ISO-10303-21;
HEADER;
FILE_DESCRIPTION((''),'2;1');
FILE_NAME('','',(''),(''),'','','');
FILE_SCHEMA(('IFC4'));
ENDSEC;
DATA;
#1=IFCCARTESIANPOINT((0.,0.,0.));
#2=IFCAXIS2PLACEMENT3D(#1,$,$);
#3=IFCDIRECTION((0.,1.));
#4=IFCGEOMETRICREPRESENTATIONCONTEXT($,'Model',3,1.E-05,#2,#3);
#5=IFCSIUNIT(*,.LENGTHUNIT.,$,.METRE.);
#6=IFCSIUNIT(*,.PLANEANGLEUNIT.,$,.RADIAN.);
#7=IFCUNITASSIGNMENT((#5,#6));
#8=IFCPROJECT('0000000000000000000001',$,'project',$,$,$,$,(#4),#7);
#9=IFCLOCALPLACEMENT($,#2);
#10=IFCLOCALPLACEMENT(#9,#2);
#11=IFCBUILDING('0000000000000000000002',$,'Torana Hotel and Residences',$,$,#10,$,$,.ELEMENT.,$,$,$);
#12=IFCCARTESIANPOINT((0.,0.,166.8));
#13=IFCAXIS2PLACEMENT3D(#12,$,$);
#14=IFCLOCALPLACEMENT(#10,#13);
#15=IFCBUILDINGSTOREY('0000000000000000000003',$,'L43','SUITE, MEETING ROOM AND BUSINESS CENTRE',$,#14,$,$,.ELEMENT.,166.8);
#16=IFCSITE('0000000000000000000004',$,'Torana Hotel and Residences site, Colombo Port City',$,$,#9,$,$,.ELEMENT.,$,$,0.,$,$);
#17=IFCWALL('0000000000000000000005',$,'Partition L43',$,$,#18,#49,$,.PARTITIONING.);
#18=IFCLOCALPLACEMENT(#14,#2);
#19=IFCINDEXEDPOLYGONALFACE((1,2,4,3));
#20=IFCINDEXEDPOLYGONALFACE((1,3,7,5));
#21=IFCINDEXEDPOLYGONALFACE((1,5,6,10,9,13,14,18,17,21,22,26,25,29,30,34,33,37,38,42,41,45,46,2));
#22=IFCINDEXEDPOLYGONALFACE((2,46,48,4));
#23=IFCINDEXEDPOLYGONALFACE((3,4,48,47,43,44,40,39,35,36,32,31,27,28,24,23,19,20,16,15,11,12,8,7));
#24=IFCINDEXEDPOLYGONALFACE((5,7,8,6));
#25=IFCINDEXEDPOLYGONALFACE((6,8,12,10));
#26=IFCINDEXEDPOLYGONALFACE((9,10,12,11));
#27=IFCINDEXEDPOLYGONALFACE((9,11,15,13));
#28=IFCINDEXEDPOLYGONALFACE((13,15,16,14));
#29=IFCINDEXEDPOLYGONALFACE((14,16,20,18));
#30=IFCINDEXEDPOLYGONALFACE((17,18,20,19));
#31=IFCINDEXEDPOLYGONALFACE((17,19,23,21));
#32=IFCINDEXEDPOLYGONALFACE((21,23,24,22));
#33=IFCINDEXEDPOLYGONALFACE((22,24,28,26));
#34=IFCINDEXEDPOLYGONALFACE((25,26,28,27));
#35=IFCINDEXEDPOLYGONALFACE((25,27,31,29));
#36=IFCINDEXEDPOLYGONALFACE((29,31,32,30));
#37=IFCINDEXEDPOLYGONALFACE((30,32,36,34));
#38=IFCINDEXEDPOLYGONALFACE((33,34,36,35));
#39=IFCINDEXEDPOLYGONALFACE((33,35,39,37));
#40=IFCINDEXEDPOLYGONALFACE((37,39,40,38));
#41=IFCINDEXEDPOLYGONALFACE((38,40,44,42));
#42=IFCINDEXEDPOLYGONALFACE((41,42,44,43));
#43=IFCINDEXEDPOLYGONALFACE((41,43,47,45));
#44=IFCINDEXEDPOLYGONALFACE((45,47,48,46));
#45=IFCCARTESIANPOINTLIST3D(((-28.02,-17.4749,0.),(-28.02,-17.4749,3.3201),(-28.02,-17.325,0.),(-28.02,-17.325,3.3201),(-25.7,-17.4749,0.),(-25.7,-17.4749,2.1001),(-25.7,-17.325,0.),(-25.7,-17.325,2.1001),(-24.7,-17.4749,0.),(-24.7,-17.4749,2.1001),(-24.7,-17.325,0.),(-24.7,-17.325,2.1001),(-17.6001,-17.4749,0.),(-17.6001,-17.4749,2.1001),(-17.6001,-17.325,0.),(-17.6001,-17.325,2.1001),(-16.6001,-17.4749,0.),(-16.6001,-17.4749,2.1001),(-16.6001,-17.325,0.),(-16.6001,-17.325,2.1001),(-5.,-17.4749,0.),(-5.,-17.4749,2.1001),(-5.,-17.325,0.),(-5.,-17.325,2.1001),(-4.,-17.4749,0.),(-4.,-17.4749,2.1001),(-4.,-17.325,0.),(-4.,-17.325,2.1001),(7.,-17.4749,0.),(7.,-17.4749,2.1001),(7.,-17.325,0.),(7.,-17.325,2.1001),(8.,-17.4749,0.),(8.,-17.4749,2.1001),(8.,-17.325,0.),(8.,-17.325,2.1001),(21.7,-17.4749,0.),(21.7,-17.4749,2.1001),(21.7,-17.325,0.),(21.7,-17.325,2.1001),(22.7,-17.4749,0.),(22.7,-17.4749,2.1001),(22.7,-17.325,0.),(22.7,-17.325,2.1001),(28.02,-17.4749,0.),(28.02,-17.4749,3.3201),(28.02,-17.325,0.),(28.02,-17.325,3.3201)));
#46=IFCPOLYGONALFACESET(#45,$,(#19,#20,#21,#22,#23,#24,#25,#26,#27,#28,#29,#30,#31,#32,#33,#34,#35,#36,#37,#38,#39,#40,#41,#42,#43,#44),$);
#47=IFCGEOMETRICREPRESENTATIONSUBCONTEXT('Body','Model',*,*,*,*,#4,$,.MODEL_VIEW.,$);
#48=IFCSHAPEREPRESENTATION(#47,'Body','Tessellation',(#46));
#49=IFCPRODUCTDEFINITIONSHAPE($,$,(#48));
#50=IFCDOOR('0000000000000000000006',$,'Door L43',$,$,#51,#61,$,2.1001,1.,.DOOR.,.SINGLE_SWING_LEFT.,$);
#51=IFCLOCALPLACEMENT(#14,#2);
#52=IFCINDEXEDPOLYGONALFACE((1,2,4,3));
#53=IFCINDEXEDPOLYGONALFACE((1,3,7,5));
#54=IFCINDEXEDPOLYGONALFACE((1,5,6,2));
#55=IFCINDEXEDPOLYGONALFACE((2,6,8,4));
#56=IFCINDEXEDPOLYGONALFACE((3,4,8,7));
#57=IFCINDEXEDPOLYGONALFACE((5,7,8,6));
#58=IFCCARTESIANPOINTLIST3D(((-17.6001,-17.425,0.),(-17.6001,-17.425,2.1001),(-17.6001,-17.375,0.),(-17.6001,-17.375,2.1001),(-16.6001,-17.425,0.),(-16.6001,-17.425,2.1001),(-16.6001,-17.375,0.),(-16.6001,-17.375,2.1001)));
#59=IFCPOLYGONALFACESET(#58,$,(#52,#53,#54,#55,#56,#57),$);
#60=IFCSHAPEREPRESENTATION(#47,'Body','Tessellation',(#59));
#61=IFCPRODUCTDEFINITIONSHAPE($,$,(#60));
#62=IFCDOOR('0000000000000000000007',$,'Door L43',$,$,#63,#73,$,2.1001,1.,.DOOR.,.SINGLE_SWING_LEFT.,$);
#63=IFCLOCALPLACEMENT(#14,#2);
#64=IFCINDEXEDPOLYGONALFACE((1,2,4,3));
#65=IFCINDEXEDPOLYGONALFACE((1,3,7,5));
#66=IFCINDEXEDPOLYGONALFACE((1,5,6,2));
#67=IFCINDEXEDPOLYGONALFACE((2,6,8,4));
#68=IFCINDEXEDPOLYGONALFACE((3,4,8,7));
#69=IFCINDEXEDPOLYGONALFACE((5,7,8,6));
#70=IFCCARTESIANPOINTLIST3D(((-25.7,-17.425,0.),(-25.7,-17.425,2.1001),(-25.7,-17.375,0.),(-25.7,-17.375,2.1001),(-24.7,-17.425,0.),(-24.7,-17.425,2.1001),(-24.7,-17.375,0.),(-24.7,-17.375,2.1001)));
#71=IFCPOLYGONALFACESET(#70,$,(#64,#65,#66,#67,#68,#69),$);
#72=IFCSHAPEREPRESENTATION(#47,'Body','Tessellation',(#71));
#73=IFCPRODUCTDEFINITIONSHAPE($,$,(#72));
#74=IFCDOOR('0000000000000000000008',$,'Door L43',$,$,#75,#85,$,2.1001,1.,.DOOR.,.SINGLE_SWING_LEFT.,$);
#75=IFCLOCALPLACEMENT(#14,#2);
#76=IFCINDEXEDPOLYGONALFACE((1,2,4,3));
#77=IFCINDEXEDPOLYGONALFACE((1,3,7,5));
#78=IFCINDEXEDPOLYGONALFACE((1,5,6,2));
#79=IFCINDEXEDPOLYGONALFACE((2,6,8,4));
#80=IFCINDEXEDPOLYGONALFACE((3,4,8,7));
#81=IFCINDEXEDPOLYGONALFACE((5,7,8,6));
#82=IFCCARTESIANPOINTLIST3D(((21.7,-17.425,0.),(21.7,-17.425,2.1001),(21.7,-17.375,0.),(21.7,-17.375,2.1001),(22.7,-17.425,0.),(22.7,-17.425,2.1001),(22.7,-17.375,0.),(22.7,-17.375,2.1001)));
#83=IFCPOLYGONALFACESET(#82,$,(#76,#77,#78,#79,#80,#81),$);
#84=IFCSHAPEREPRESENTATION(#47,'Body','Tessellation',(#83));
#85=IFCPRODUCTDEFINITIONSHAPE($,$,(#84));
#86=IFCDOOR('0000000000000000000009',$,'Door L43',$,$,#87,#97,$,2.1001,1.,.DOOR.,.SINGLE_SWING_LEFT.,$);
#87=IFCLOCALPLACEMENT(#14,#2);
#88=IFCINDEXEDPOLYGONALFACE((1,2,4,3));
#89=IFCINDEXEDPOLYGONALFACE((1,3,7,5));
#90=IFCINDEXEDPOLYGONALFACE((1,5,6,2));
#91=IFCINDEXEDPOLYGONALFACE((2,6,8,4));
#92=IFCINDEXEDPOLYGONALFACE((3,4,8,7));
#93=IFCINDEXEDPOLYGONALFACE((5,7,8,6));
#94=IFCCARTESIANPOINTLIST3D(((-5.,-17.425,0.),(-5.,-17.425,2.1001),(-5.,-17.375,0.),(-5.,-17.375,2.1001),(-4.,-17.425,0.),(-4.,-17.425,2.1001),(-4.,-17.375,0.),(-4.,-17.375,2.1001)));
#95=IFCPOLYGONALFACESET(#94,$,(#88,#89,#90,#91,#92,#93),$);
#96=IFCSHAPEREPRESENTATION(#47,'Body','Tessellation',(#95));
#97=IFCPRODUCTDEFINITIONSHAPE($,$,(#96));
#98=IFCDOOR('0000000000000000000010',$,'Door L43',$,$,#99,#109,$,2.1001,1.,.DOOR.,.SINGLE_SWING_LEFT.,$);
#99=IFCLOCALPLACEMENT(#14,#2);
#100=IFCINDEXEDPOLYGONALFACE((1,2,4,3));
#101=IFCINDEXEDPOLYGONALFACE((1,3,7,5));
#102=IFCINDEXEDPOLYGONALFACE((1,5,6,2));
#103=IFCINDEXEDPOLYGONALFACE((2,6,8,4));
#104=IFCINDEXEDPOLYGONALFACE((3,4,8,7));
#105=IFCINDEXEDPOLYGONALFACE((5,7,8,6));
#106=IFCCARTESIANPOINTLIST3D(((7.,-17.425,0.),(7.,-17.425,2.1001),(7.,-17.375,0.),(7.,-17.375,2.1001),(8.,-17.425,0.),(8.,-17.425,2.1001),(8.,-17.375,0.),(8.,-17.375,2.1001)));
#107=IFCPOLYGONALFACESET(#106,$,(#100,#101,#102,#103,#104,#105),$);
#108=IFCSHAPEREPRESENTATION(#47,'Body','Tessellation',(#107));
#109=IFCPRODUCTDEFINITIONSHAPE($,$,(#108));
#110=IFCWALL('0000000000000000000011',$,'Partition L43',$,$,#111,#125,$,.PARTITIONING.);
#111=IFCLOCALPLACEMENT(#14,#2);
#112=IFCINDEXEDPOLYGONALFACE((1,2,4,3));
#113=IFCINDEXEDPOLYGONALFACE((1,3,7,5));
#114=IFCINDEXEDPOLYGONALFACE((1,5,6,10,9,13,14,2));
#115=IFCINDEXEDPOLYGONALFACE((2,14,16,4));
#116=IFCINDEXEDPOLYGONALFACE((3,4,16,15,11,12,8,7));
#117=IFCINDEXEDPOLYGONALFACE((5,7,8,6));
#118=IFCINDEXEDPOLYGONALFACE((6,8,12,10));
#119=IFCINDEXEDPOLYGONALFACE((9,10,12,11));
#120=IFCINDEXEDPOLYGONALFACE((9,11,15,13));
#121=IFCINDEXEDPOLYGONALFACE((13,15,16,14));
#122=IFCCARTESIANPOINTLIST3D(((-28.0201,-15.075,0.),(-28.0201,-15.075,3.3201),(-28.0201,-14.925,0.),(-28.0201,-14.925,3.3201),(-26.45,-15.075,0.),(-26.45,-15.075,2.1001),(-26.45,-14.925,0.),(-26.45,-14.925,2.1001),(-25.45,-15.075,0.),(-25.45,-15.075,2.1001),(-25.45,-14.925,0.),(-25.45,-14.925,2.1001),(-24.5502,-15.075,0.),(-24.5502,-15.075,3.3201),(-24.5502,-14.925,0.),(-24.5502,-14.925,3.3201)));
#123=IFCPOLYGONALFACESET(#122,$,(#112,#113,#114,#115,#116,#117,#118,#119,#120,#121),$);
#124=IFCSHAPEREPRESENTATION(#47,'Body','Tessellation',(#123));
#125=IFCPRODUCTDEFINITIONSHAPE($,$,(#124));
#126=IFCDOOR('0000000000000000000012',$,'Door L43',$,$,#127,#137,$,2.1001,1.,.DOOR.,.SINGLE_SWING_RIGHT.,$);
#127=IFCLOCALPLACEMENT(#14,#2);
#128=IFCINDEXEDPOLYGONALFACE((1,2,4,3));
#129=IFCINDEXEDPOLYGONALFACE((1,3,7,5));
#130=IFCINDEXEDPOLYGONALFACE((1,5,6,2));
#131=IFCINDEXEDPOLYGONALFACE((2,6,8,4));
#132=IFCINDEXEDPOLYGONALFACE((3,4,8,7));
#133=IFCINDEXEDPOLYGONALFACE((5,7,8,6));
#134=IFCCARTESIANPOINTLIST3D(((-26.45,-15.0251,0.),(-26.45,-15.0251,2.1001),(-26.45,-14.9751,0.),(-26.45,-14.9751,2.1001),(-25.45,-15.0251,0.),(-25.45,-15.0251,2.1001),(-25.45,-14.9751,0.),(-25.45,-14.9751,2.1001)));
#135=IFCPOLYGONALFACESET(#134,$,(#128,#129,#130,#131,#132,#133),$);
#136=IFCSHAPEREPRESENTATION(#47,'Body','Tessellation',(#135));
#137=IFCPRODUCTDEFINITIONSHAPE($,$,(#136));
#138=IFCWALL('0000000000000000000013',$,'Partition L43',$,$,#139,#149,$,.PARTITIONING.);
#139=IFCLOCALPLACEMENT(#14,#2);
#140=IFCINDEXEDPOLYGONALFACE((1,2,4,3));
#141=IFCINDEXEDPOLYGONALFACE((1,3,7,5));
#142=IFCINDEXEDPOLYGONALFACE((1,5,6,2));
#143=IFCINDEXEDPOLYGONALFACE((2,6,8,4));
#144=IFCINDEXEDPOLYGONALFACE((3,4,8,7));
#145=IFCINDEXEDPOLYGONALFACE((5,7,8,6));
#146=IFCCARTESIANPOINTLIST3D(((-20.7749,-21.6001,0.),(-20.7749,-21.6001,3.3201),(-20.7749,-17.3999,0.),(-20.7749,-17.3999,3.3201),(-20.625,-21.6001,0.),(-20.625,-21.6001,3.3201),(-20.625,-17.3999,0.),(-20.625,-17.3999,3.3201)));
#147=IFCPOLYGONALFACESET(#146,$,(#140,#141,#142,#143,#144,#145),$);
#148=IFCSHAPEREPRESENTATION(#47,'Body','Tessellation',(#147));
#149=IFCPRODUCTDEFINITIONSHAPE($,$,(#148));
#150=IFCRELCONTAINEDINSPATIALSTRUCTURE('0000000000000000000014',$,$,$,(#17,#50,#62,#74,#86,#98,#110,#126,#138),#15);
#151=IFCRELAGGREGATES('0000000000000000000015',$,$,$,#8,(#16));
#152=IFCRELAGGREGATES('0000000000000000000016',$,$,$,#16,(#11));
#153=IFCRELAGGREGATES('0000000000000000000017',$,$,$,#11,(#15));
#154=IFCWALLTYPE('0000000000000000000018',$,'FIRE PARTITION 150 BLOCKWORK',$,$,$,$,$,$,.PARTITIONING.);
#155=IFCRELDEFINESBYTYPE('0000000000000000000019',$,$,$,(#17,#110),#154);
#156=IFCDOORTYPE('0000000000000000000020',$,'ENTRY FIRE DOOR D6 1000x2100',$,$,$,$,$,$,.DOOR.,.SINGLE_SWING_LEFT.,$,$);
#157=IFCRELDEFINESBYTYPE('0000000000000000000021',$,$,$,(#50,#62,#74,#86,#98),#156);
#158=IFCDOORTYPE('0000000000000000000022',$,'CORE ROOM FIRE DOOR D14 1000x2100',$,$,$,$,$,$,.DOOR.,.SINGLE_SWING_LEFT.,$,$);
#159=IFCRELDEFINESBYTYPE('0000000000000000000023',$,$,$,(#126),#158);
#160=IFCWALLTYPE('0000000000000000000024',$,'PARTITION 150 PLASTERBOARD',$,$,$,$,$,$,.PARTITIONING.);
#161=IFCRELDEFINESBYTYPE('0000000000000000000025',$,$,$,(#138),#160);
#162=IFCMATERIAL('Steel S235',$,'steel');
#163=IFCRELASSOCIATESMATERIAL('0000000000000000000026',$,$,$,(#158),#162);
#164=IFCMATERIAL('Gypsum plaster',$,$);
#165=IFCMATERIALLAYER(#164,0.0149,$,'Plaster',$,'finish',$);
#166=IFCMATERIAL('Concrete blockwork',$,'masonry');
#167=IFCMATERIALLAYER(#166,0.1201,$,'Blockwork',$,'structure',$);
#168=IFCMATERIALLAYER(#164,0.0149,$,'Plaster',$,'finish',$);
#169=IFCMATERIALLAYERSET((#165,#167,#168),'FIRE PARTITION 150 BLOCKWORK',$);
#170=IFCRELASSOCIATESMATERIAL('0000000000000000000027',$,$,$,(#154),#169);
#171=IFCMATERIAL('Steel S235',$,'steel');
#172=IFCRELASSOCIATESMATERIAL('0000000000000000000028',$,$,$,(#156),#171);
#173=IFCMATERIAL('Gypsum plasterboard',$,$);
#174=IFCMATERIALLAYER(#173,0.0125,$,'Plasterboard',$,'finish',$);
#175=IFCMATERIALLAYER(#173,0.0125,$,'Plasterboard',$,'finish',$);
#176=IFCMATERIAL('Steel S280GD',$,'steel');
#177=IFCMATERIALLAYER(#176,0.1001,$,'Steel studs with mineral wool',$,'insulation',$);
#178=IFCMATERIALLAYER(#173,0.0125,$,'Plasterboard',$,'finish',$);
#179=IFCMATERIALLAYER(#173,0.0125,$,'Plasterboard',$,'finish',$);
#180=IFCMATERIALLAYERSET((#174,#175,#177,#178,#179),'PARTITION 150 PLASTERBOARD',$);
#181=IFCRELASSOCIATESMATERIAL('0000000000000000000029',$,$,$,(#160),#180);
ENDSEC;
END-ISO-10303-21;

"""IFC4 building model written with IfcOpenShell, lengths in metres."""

from ifc_helpers import new_model, si_unit, direction, frame, frame_2d, origin, place, context, subcontext, project, spatial, rectangle, extrude, material, layer, layer_set, type_object, element, fill, save


model = new_model("IFC4")

# Units and contexts
model_context = context("Model", 3, precision=1e-05, world=origin(), true_north=direction((0.0, 1.0)))
body_context = subcontext(model_context, "Body", "Model", "MODEL_VIEW")
ifc_project = project(units=[si_unit("LENGTHUNIT", "METRE"), si_unit("PLANEANGLEUNIT", "RADIAN")], contexts=[model_context])

# Site, building, storey
site_placement = place(None, origin())
site = spatial("IfcSite", under=ifc_project, at=site_placement, Name="Torana Hotel and Residences site, Colombo Port City", CompositionType="ELEMENT", RefElevation=0.0)
building_placement = place(site_placement, origin())
building = spatial("IfcBuilding", under=site, at=building_placement, Name="Torana Hotel and Residences", CompositionType="ELEMENT")
storey_placement = place(building_placement, frame((0.0, 0.0, 166.8)))
storey = spatial("IfcBuildingStorey", under=building, at=storey_placement, Name="L43", Description="SUITE, MEETING ROOM AND BUSINESS CENTRE", CompositionType="ELEMENT", Elevation=166.8)

# Shared definitions
ifc_material_1 = material(Name="Steel S235", Category="steel")
door_type_1 = type_object("IfcDoorType", Name="CORE ROOM FIRE DOOR D14 1000x2100", OperationType="SINGLE_SWING_LEFT", PredefinedType="DOOR", material=ifc_material_1)

# Wall, openings, doors
ifc_material_2 = material(Name="Gypsum plaster")
ifc_layer_1 = layer(ifc_material_2, 0.0149, Name="Plaster", Category="finish")
ifc_material_3 = material(Name="Concrete blockwork", Category="masonry")
ifc_layer_2 = layer(ifc_material_3, 0.1201, Name="Blockwork", Category="structure")
ifc_layer_3 = layer(ifc_material_2, 0.0149, Name="Plaster", Category="finish")
ifc_layer_set_1 = layer_set([ifc_layer_1, ifc_layer_2, ifc_layer_3], Name="FIRE PARTITION 150 BLOCKWORK")
wall_type_1 = type_object("IfcWallType", Name="FIRE PARTITION 150 BLOCKWORK", PredefinedType="PARTITIONING", material=ifc_layer_set_1)
wall_1_placement = place(storey_placement, frame((-28.02, -17.3999, 0.0), z_axis=(0.0, 0.0, 1.0), x_axis=(1.0, 0.0, 0.0)))
wall_1 = element("IfcWall", 1, at=wall_1_placement, inside=storey, type_object=wall_type_1, Name="Partition L43", PredefinedType="PARTITIONING", context=body_context, shape_type="SweptSolid", body=[
    extrude(rectangle(XDim=56.04, YDim=0.1499, at=frame_2d((28.02, 0.0))), origin(), (0.0, 0.0, 1.0), 3.3201),
])
opening_1_placement = place(wall_1_placement, frame((10.4199, 0.0, 0.0)))
opening_1 = element("IfcOpeningElement", 2, at=opening_1_placement, cuts=wall_1, PredefinedType="OPENING", context=body_context, shape_type="SweptSolid", body=[
    extrude(rectangle(XDim=1.0, YDim=2.1001, at=frame_2d((0.5, 1.05))), frame((0.0, 0.085, 0.0), z_axis=(0.0, -1.0, 0.0), x_axis=(1.0, 0.0, 0.0)), (0.0, 0.0, 1.0), 0.1699),
])
opening_2_placement = place(wall_1_placement, frame((2.3201, 0.0, 0.0)))
opening_2 = element("IfcOpeningElement", 3, at=opening_2_placement, cuts=wall_1, PredefinedType="OPENING", context=body_context, shape_type="SweptSolid", body=[
    extrude(rectangle(XDim=1.0, YDim=2.1001, at=frame_2d((0.5, 1.05))), frame((0.0, 0.085, 0.0), z_axis=(0.0, -1.0, 0.0), x_axis=(1.0, 0.0, 0.0)), (0.0, 0.0, 1.0), 0.1699),
])
opening_3_placement = place(wall_1_placement, frame((49.72, 0.0, 0.0)))
opening_3 = element("IfcOpeningElement", 4, at=opening_3_placement, cuts=wall_1, PredefinedType="OPENING", context=body_context, shape_type="SweptSolid", body=[
    extrude(rectangle(XDim=1.0, YDim=2.1001, at=frame_2d((0.5, 1.05))), frame((0.0, 0.085, 0.0), z_axis=(0.0, -1.0, 0.0), x_axis=(1.0, 0.0, 0.0)), (0.0, 0.0, 1.0), 0.1699),
])
opening_4_placement = place(wall_1_placement, frame((23.02, 0.0, 0.0)))
opening_4 = element("IfcOpeningElement", 5, at=opening_4_placement, cuts=wall_1, PredefinedType="OPENING", context=body_context, shape_type="SweptSolid", body=[
    extrude(rectangle(XDim=1.0, YDim=2.1001, at=frame_2d((0.5, 1.05))), frame((0.0, 0.085, 0.0), z_axis=(0.0, -1.0, 0.0), x_axis=(1.0, 0.0, 0.0)), (0.0, 0.0, 1.0), 0.1699),
])
opening_5_placement = place(wall_1_placement, frame((35.02, 0.0, 0.0)))
opening_5 = element("IfcOpeningElement", 6, at=opening_5_placement, cuts=wall_1, PredefinedType="OPENING", context=body_context, shape_type="SweptSolid", body=[
    extrude(rectangle(XDim=1.0, YDim=2.1001, at=frame_2d((0.5, 1.05))), frame((0.0, 0.085, 0.0), z_axis=(0.0, -1.0, 0.0), x_axis=(1.0, 0.0, 0.0)), (0.0, 0.0, 1.0), 0.1699),
])
ifc_material_4 = material(Name="Steel S235", Category="steel")
door_type_2 = type_object("IfcDoorType", Name="ENTRY FIRE DOOR D6 1000x2100", OperationType="SINGLE_SWING_LEFT", PredefinedType="DOOR", material=ifc_material_4)
door_1_placement = place(opening_1_placement, frame((0.5, 0.0, 0.0), z_axis=(0.0, 0.0, 1.0), x_axis=(-1.0, 0.0, 0.0)))
door_1 = element("IfcDoor", 7, at=door_1_placement, inside=storey, type_object=door_type_2, Name="Door L43", OperationType="SINGLE_SWING_LEFT", OverallHeight=2.1001, OverallWidth=1.0, PredefinedType="DOOR", context=body_context, shape_type="SweptSolid", body=[
    extrude(rectangle(XDim=1.0, YDim=2.1001, at=frame_2d((0.0, 1.05))), frame((0.0, -0.0249, 0.0), z_axis=(0.0, 1.0, 0.0), x_axis=(-1.0, 0.0, 0.0)), (0.0, 0.0, 1.0), 0.05),
])
fill(opening_1, door_1)
door_2_placement = place(opening_2_placement, frame((0.5, 0.0, 0.0), z_axis=(0.0, 0.0, 1.0), x_axis=(-1.0, 0.0, 0.0)))
door_2 = element("IfcDoor", 8, at=door_2_placement, inside=storey, type_object=door_type_2, Name="Door L43", OperationType="SINGLE_SWING_LEFT", OverallHeight=2.1001, OverallWidth=1.0, PredefinedType="DOOR", context=body_context, shape_type="SweptSolid", body=[
    extrude(rectangle(XDim=1.0, YDim=2.1001, at=frame_2d((0.0, 1.05))), frame((0.0, -0.0249, 0.0), z_axis=(0.0, 1.0, 0.0), x_axis=(-1.0, 0.0, 0.0)), (0.0, 0.0, 1.0), 0.05),
])
fill(opening_2, door_2)
door_3_placement = place(opening_3_placement, frame((0.5, 0.0, 0.0), z_axis=(0.0, 0.0, 1.0), x_axis=(-1.0, 0.0, 0.0)))
door_3 = element("IfcDoor", 9, at=door_3_placement, inside=storey, type_object=door_type_2, Name="Door L43", OperationType="SINGLE_SWING_LEFT", OverallHeight=2.1001, OverallWidth=1.0, PredefinedType="DOOR", context=body_context, shape_type="SweptSolid", body=[
    extrude(rectangle(XDim=1.0, YDim=2.1001, at=frame_2d((0.0, 1.05))), frame((0.0, -0.0249, 0.0), z_axis=(0.0, 1.0, 0.0), x_axis=(-1.0, 0.0, 0.0)), (0.0, 0.0, 1.0), 0.05),
])
fill(opening_3, door_3)
door_4_placement = place(opening_4_placement, frame((0.5, 0.0, 0.0), z_axis=(0.0, 0.0, 1.0), x_axis=(-1.0, 0.0, 0.0)))
door_4 = element("IfcDoor", 10, at=door_4_placement, inside=storey, type_object=door_type_2, Name="Door L43", OperationType="SINGLE_SWING_LEFT", OverallHeight=2.1001, OverallWidth=1.0, PredefinedType="DOOR", context=body_context, shape_type="SweptSolid", body=[
    extrude(rectangle(XDim=1.0, YDim=2.1001, at=frame_2d((0.0, 1.05))), frame((0.0, -0.0249, 0.0), z_axis=(0.0, 1.0, 0.0), x_axis=(-1.0, 0.0, 0.0)), (0.0, 0.0, 1.0), 0.05),
])
fill(opening_4, door_4)
door_5_placement = place(opening_5_placement, frame((0.5, 0.0, 0.0), z_axis=(0.0, 0.0, 1.0), x_axis=(-1.0, 0.0, 0.0)))
door_5 = element("IfcDoor", 11, at=door_5_placement, inside=storey, type_object=door_type_2, Name="Door L43", OperationType="SINGLE_SWING_LEFT", OverallHeight=2.1001, OverallWidth=1.0, PredefinedType="DOOR", context=body_context, shape_type="SweptSolid", body=[
    extrude(rectangle(XDim=1.0, YDim=2.1001, at=frame_2d((0.0, 1.05))), frame((0.0, -0.0249, 0.0), z_axis=(0.0, 1.0, 0.0), x_axis=(-1.0, 0.0, 0.0)), (0.0, 0.0, 1.0), 0.05),
])
fill(opening_5, door_5)

# Wall, opening, door
wall_2_placement = place(storey_placement, frame((-28.02, -15.0, 0.0), z_axis=(0.0, 0.0, 1.0), x_axis=(1.0, 0.0, 0.0)))
wall_2 = element("IfcWall", 12, at=wall_2_placement, inside=storey, type_object=wall_type_1, Name="Partition L43", PredefinedType="PARTITIONING", context=body_context, shape_type="SweptSolid", body=[
    extrude(rectangle(XDim=3.47, YDim=0.1499, at=frame_2d((1.7349, 0.0))), origin(), (0.0, 0.0, 1.0), 3.3201),
])
opening_6_placement = place(wall_2_placement, frame((1.5701, 0.0, 0.0)))
opening_6 = element("IfcOpeningElement", 13, at=opening_6_placement, cuts=wall_2, PredefinedType="OPENING", context=body_context, shape_type="SweptSolid", body=[
    extrude(rectangle(XDim=1.0, YDim=2.1001, at=frame_2d((0.5, 1.05))), frame((0.0, 0.085, 0.0), z_axis=(0.0, -1.0, 0.0), x_axis=(1.0, 0.0, 0.0)), (0.0, 0.0, 1.0), 0.1699),
])
door_6_placement = place(opening_6_placement, origin())
door_6 = element("IfcDoor", 14, at=door_6_placement, inside=storey, type_object=door_type_1, Name="Door L43", OperationType="SINGLE_SWING_RIGHT", OverallHeight=2.1001, OverallWidth=1.0, PredefinedType="DOOR", context=body_context, shape_type="SweptSolid", body=[
    extrude(rectangle(XDim=1.0, YDim=2.1001, at=frame_2d((0.5, 1.05))), frame((0.0, 0.0249, 0.0), z_axis=(0.0, -1.0, 0.0), x_axis=(1.0, 0.0, 0.0)), (0.0, 0.0, 1.0), 0.05),
])
fill(opening_6, door_6)

# Wall
ifc_material_5 = material(Name="Gypsum plasterboard")
ifc_layer_4 = layer(ifc_material_5, 0.0125, Name="Plasterboard", Category="finish")
ifc_layer_5 = layer(ifc_material_5, 0.0125, Name="Plasterboard", Category="finish")
ifc_material_6 = material(Name="Steel S280GD", Category="steel")
ifc_layer_6 = layer(ifc_material_6, 0.1001, Name="Steel studs with mineral wool", Category="insulation")
ifc_layer_7 = layer(ifc_material_5, 0.0125, Name="Plasterboard", Category="finish")
ifc_layer_8 = layer(ifc_material_5, 0.0125, Name="Plasterboard", Category="finish")
ifc_layer_set_2 = layer_set([ifc_layer_4, ifc_layer_5, ifc_layer_6, ifc_layer_7, ifc_layer_8], Name="PARTITION 150 PLASTERBOARD")
wall_type_2 = type_object("IfcWallType", Name="PARTITION 150 PLASTERBOARD", PredefinedType="PARTITIONING", material=ifc_layer_set_2)
wall_3_placement = place(storey_placement, frame((-20.7, -21.6001, 0.0), z_axis=(0.0, 0.0, 1.0), x_axis=(0.0, 1.0, 0.0)))
element("IfcWall", 15, at=wall_3_placement, inside=storey, type_object=wall_type_2, Name="Partition L43", PredefinedType="PARTITIONING", context=body_context, shape_type="SweptSolid", body=[
    extrude(rectangle(XDim=4.2002, YDim=0.1499, at=frame_2d((2.1001, 0.0))), origin(), (0.0, 0.0, 1.0), 3.3201),
])

save(model, "model.ifc")
